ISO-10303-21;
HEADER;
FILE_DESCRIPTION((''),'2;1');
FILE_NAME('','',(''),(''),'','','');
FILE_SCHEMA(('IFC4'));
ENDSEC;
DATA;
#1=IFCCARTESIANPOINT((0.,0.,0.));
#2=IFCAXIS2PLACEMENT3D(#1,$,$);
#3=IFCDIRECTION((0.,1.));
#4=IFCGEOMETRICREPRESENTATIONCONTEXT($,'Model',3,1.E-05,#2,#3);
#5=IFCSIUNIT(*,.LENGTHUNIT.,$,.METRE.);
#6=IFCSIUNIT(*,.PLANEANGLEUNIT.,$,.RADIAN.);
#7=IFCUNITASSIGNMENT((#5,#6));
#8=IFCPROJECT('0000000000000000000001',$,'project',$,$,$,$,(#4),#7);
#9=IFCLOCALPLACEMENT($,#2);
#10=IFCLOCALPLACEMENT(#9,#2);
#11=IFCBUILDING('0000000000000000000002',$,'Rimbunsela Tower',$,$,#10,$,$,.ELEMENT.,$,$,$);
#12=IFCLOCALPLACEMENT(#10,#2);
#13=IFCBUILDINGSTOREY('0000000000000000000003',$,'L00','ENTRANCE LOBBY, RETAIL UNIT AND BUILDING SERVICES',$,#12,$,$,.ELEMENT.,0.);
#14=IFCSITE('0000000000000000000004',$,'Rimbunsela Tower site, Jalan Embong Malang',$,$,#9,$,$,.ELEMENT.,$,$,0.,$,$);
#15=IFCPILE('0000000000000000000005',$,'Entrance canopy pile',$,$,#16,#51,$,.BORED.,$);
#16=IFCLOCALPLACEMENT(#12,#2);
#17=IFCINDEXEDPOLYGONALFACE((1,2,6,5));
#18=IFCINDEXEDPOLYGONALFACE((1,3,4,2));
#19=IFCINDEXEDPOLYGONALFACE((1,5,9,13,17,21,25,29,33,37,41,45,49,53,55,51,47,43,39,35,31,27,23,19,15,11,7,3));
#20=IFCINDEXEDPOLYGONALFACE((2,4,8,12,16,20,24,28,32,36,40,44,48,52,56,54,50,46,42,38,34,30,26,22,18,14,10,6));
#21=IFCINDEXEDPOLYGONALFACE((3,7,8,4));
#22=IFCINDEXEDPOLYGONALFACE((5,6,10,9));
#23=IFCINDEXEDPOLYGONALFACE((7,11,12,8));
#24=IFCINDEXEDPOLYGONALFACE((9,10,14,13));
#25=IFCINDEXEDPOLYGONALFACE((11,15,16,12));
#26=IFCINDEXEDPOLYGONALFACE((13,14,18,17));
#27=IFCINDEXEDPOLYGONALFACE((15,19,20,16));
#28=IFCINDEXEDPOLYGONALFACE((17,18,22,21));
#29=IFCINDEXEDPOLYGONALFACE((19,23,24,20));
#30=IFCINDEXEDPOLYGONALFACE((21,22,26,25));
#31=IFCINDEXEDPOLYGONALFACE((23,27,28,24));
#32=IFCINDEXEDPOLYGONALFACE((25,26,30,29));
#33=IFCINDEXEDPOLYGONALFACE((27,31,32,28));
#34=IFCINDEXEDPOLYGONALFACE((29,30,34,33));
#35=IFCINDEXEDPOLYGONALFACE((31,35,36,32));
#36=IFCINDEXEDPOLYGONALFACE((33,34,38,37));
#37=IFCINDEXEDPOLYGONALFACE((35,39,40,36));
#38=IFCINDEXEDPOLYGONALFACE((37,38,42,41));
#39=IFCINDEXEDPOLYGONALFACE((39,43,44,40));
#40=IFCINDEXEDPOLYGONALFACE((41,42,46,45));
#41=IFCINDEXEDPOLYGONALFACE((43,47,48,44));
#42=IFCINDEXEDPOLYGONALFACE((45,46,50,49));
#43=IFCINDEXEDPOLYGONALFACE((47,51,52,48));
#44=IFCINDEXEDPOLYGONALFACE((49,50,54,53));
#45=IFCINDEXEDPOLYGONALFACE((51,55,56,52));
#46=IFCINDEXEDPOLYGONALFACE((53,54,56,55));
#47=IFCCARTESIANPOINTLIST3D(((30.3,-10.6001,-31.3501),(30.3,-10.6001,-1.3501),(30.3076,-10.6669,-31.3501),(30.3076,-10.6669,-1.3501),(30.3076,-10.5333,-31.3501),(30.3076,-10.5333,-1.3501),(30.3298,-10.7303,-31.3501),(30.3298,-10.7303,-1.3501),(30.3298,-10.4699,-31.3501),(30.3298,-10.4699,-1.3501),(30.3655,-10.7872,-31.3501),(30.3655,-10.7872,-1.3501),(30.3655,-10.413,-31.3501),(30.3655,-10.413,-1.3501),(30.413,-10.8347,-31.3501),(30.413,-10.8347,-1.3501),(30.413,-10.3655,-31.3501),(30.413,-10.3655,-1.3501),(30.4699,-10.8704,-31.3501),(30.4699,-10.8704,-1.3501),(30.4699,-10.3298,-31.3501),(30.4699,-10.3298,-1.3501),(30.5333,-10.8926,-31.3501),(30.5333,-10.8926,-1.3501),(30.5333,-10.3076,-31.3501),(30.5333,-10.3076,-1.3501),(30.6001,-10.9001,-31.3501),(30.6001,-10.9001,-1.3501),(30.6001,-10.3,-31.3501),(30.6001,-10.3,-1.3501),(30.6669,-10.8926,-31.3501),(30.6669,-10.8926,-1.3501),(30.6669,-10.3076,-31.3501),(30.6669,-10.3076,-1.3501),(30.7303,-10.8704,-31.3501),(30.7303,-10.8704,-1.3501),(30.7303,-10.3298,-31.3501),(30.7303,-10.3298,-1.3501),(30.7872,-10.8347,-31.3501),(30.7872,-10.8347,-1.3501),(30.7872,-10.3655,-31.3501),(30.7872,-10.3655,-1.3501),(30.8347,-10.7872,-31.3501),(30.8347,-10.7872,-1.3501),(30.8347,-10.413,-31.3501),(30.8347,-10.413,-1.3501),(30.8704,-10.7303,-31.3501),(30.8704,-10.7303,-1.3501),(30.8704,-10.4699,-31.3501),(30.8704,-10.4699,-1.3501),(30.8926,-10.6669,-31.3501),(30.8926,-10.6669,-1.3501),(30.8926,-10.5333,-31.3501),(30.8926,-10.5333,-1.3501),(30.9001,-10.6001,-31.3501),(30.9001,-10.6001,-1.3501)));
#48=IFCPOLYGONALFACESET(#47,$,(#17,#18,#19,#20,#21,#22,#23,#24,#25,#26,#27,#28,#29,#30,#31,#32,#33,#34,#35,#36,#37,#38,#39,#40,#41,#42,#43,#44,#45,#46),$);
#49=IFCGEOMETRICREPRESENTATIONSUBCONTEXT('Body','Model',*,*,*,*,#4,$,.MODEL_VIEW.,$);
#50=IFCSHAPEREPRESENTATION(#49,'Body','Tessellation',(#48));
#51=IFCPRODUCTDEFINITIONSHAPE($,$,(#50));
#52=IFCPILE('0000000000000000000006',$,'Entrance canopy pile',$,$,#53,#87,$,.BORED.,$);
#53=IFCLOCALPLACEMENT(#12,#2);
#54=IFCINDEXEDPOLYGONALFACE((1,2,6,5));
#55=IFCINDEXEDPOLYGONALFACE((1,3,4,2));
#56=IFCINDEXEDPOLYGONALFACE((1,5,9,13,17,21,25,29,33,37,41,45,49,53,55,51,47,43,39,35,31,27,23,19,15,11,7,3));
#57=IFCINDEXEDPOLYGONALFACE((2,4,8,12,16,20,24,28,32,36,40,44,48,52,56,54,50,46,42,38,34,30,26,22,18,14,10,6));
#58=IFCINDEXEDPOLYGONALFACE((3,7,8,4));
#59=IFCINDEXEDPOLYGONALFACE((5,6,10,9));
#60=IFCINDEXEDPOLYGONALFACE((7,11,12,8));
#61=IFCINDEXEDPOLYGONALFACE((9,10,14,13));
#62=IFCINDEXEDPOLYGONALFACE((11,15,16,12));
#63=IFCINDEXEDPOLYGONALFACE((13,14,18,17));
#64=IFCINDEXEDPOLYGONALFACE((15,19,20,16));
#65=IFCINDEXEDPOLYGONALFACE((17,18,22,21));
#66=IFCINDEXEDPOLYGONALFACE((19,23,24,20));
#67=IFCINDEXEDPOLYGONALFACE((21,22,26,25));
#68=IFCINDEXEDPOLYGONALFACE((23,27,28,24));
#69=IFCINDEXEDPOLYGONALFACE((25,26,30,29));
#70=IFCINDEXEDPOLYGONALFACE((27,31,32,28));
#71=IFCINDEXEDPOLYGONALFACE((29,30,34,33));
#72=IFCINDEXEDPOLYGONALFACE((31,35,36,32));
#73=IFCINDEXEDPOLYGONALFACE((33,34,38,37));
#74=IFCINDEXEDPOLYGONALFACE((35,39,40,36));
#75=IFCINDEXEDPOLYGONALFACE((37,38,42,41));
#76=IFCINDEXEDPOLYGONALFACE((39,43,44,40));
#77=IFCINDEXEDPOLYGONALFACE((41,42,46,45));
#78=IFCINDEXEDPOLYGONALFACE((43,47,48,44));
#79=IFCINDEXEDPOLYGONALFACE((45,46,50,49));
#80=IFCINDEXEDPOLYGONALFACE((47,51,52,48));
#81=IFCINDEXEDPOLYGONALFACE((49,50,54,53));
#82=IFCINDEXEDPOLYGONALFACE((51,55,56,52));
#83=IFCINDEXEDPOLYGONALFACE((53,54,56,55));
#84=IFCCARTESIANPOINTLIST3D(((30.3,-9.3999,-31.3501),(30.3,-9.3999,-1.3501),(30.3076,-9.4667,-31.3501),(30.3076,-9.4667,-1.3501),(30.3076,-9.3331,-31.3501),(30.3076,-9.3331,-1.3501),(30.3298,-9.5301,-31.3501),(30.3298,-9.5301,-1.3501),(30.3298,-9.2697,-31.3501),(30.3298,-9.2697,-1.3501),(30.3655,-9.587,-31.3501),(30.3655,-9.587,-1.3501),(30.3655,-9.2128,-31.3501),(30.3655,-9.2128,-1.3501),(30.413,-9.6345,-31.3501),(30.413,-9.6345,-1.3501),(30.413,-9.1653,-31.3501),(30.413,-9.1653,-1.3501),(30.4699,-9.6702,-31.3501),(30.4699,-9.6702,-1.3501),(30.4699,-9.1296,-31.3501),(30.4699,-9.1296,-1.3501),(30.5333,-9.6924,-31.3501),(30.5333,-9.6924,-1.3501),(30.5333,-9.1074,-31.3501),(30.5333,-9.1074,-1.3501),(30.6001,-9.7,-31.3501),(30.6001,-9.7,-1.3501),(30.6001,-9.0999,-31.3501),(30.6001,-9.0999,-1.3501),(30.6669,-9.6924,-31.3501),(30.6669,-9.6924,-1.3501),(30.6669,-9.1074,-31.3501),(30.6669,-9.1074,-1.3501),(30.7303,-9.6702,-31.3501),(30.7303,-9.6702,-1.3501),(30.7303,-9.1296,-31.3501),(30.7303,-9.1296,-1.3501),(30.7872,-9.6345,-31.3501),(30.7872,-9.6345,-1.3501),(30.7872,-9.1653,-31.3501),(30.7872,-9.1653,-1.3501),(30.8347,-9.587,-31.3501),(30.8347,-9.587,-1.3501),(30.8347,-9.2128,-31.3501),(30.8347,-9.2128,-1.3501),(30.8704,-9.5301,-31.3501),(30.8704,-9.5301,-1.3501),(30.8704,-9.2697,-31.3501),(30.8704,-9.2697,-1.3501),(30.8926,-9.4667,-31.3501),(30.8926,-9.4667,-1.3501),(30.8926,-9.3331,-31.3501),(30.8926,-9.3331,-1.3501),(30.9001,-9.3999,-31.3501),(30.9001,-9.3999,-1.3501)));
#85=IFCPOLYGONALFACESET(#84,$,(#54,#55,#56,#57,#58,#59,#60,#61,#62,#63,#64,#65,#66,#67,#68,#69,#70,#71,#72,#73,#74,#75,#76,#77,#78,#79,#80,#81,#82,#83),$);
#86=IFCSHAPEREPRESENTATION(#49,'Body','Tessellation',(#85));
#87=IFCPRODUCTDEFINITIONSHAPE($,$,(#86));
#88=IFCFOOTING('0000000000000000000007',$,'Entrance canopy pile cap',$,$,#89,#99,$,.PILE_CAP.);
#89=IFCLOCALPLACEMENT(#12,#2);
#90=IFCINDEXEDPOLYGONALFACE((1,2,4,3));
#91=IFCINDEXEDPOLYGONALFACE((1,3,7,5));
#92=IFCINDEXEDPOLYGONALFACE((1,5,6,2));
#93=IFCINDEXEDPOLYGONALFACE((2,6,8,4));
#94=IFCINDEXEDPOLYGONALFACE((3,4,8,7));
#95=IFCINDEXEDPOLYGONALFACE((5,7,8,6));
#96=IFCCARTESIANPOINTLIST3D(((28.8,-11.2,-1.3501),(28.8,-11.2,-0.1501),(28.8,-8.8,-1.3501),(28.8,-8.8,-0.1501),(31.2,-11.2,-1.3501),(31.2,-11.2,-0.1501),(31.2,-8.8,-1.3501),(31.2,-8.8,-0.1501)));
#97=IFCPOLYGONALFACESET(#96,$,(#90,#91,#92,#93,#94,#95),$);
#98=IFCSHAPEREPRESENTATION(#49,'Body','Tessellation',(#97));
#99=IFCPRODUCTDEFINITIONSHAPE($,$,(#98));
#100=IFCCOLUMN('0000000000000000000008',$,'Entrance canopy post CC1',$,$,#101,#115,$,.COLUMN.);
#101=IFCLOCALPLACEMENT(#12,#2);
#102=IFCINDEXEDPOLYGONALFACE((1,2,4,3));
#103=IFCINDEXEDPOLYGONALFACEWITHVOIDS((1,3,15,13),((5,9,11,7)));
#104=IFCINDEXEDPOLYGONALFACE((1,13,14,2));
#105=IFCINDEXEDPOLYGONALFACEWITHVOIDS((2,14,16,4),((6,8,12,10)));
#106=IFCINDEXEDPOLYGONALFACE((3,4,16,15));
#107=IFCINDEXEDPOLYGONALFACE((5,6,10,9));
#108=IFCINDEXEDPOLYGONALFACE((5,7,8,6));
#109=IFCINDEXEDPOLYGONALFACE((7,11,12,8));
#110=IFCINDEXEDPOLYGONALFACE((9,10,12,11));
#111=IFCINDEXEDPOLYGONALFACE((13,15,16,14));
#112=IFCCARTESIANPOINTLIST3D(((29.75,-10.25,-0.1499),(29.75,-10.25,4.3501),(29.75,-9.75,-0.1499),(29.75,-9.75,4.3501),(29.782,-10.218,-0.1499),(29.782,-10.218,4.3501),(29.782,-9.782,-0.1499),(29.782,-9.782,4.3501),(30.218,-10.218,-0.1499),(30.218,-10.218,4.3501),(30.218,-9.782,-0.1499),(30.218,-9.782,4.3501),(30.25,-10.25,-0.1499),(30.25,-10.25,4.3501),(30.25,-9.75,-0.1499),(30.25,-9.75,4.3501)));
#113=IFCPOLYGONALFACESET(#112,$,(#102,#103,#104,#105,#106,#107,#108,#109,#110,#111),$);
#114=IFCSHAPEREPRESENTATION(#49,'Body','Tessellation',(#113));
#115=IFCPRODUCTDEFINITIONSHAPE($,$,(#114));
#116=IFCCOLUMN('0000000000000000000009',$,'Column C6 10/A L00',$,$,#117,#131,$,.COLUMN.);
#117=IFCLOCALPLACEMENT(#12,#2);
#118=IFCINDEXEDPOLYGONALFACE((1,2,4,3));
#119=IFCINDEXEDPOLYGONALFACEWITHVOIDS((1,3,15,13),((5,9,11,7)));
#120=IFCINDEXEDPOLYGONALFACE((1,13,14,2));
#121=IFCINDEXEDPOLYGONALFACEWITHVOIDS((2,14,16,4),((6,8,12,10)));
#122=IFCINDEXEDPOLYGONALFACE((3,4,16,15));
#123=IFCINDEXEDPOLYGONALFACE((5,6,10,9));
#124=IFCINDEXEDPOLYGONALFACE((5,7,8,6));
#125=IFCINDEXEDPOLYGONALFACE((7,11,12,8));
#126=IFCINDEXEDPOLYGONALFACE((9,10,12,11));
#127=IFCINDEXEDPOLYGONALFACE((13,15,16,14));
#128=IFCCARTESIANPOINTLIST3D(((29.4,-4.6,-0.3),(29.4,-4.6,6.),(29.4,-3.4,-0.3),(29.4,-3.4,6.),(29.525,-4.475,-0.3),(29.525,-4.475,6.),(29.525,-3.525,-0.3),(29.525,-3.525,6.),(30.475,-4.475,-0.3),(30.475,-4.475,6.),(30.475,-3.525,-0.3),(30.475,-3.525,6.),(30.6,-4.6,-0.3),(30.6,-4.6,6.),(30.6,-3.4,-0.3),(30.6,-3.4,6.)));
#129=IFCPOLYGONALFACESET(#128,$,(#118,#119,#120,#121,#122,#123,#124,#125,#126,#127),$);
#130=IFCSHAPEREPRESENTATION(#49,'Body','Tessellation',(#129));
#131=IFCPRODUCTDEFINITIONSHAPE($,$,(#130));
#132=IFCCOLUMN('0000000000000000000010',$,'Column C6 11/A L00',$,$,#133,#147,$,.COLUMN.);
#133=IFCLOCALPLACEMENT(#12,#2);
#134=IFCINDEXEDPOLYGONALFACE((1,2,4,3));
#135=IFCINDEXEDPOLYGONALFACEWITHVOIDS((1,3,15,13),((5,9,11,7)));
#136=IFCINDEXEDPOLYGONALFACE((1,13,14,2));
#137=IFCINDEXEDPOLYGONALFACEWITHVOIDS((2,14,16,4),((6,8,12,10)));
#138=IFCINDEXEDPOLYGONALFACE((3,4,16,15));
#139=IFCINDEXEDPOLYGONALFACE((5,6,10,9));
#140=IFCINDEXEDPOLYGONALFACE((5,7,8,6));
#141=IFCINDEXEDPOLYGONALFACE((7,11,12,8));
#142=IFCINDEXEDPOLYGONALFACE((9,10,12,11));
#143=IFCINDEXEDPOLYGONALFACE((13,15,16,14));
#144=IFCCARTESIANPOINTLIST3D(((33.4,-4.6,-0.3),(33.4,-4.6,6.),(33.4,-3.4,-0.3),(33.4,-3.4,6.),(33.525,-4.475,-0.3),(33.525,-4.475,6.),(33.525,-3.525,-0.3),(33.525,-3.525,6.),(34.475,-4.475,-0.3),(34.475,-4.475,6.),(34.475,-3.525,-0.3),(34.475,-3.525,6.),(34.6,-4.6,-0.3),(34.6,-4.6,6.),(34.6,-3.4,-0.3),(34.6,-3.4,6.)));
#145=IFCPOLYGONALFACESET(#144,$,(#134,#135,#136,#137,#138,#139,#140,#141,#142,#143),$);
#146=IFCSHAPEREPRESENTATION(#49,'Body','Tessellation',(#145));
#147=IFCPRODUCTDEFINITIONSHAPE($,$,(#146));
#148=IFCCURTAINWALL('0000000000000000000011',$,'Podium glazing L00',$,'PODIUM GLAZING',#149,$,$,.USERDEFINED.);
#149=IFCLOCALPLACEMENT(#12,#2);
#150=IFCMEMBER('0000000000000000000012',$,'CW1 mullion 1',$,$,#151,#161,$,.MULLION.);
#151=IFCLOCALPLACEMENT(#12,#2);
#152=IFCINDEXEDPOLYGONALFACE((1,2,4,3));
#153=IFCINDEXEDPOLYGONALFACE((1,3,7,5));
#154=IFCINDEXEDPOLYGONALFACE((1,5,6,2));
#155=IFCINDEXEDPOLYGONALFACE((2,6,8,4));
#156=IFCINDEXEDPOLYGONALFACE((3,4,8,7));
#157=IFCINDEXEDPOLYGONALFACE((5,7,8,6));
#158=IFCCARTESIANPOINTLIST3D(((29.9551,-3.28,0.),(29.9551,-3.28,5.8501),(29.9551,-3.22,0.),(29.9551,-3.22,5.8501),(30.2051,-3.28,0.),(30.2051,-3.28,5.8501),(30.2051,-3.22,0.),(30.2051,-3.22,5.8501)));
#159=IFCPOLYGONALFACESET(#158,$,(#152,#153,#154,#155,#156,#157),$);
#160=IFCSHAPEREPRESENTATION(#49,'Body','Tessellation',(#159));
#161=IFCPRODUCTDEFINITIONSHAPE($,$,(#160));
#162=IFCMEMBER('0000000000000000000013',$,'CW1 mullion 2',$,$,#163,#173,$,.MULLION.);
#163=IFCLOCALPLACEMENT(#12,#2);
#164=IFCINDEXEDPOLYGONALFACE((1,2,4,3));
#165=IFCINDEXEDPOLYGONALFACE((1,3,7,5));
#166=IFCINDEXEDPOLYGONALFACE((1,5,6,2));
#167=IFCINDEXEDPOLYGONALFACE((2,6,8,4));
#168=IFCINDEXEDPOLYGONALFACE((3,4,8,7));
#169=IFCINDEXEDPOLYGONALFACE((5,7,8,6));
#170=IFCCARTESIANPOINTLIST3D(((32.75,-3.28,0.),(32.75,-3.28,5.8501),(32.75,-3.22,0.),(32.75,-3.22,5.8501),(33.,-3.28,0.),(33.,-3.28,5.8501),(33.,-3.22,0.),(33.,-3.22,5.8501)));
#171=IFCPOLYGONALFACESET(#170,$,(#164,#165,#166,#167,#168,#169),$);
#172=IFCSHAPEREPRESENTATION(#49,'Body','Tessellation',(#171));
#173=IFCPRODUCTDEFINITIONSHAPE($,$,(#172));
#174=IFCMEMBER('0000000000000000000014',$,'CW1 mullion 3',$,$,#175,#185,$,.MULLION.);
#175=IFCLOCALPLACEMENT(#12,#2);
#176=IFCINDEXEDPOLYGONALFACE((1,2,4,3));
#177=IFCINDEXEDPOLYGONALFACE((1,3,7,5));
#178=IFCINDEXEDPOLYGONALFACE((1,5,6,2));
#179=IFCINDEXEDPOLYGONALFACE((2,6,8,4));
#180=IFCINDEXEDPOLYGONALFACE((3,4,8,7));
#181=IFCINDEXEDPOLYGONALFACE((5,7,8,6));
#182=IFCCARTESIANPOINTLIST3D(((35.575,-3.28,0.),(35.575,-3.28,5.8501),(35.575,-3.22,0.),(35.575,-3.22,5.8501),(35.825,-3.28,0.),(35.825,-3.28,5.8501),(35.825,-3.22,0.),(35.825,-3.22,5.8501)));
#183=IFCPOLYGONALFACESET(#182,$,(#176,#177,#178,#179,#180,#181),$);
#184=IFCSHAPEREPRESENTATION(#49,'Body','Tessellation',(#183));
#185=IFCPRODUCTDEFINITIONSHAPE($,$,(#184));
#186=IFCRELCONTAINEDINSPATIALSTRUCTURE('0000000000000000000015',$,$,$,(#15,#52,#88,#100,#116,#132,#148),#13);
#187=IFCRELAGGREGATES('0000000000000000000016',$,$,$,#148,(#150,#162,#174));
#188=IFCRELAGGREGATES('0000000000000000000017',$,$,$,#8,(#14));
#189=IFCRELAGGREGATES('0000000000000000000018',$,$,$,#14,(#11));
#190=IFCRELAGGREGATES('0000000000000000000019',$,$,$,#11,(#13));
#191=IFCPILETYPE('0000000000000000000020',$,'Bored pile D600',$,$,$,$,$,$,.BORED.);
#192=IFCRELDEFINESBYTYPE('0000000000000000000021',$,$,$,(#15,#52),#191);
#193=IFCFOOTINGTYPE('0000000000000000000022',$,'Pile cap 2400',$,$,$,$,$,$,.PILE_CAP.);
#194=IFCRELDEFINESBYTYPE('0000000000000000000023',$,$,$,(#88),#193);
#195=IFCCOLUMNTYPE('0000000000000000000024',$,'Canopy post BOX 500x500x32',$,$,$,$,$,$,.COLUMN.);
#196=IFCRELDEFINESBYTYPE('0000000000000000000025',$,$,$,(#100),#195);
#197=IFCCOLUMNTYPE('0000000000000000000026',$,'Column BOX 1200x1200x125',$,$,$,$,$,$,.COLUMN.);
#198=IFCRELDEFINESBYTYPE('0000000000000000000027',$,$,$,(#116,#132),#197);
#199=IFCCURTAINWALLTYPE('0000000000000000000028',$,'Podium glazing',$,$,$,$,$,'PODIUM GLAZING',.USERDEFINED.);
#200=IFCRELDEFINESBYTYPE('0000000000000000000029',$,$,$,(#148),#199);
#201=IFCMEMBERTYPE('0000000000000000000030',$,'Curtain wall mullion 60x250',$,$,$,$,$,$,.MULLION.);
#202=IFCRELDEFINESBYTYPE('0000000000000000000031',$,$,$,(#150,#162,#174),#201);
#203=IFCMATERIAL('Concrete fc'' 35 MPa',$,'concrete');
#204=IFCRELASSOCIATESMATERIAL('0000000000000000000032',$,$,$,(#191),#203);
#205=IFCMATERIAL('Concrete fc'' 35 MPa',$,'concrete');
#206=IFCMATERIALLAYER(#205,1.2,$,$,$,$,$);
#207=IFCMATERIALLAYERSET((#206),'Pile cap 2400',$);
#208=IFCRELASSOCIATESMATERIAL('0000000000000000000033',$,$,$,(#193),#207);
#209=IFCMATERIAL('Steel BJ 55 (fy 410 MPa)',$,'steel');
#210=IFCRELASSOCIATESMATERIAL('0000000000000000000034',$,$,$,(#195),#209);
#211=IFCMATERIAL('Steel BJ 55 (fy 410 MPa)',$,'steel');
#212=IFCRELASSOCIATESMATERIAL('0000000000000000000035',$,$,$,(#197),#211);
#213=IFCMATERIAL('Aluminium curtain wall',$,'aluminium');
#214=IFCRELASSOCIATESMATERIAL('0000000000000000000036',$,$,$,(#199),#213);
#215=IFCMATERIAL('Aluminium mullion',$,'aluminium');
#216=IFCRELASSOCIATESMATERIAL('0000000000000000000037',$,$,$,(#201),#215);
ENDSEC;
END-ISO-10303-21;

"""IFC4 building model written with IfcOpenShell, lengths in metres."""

from ifc_helpers import new_model, si_unit, direction, frame, origin, origin_2d, place, context, subcontext, project, spatial, rectangle, hollow_rectangle, circle, extrude, material, layer, layer_set, material_profile, profile_set, type_object, element, aggregate, save


model = new_model("IFC4")

# Units and contexts
model_context = context("Model", 3, precision=1e-05, world=origin(), true_north=direction((0.0, 1.0)))
body_context = subcontext(model_context, "Body", "Model", "MODEL_VIEW")
ifc_project = project(units=[si_unit("LENGTHUNIT", "METRE"), si_unit("PLANEANGLEUNIT", "RADIAN")], contexts=[model_context])

# Site, building, storey
site_placement = place(None, origin())
site = spatial("IfcSite", under=ifc_project, at=site_placement, Name="Rimbunsela Tower site, Jalan Embong Malang", CompositionType="ELEMENT", RefElevation=0.0)
building_placement = place(site_placement, origin())
building = spatial("IfcBuilding", under=site, at=building_placement, Name="Rimbunsela Tower", CompositionType="ELEMENT")
storey_placement = place(building_placement, origin())
storey = spatial("IfcBuildingStorey", under=building, at=storey_placement, Name="L00", Description="ENTRANCE LOBBY, RETAIL UNIT AND BUILDING SERVICES", CompositionType="ELEMENT", Elevation=0.0)

# Piles
ifc_material_1 = material(Name="Concrete fc' 35 MPa", Category="concrete")
ifc_material_profile_1 = material_profile(ifc_material_1, circle(Radius=0.3, at=origin_2d()), Name="BP D600")
ifc_profile_set_1 = profile_set([ifc_material_profile_1], Name="Concrete fc' 35 MPa")
pile_type = type_object("IfcPileType", Name="Bored pile D600", PredefinedType="BORED", material=ifc_profile_set_1)
for number, where, z_axis, x_axis, name in (
    (1, (30.6001, -10.6001, -1.3501), (0.0, 0.0, -1.0), (1.0, 0.0, 0.0), "Entrance canopy pile"),
    (2, (30.6001, -9.3999, -1.3501), (0.0, 0.0, -1.0), (1.0, 0.0, 0.0), "Entrance canopy pile"),
):
    element("IfcPile", number, at=place(storey_placement, frame(where, z_axis=z_axis, x_axis=x_axis)), inside=storey, type_object=pile_type, Name=name, PredefinedType="BORED", context=body_context, shape_type="SweptSolid", body=[
        extrude(circle(Radius=0.3, at=origin_2d()), origin(), (0.0, 0.0, 1.0), 30.0),
    ])

# Footing
ifc_material_2 = material(Name="Concrete fc' 35 MPa", Category="concrete")
ifc_layer_1 = layer(ifc_material_2, 1.2)
ifc_layer_set_1 = layer_set([ifc_layer_1], Name="Pile cap 2400")
footing_type = type_object("IfcFootingType", Name="Pile cap 2400", PredefinedType="PILE_CAP", material=ifc_layer_set_1)
footing_placement = place(storey_placement, frame((30.0, -10.0, -1.3501), z_axis=(0.0, 0.0, 1.0), x_axis=(1.0, 0.0, 0.0)))
element("IfcFooting", 3, at=footing_placement, inside=storey, type_object=footing_type, Name="Entrance canopy pile cap", PredefinedType="PILE_CAP", context=body_context, shape_type="SweptSolid", body=[
    extrude(rectangle(XDim=2.3999, YDim=2.3999, at=origin_2d()), origin(), (0.0, 0.0, 1.0), 1.2),
])

# Columns
ifc_material_3 = material(Name="Steel BJ 55 (fy 410 MPa)", Category="steel")
ifc_material_profile_2 = material_profile(ifc_material_3, hollow_rectangle(XDim=0.5, YDim=0.5, WallThickness=0.032, at=origin_2d()), Name="BOX 500x500x32")
ifc_profile_set_2 = profile_set([ifc_material_profile_2], Name="Steel BJ 55 (fy 410 MPa)")
column_type_1 = type_object("IfcColumnType", Name="Canopy post BOX 500x500x32", PredefinedType="COLUMN", material=ifc_profile_set_2)
column_placement = place(storey_placement, frame((30.0, -10.0, -0.1499), z_axis=(0.0, 0.0, 1.0), x_axis=(1.0, 0.0, 0.0)))
element("IfcColumn", 4, at=column_placement, inside=storey, type_object=column_type_1, Name="Entrance canopy post CC1", PredefinedType="COLUMN", context=body_context, shape_type="SweptSolid", body=[
    extrude(hollow_rectangle(XDim=0.5, YDim=0.5, WallThickness=0.032, at=origin_2d()), origin(), (0.0, 0.0, 1.0), 4.5),
])
ifc_material_4 = material(Name="Steel BJ 55 (fy 410 MPa)", Category="steel")
ifc_material_profile_3 = material_profile(ifc_material_4, hollow_rectangle(XDim=1.2, YDim=1.2, WallThickness=0.125, at=origin_2d()), Name="BOX 1200x1200x125")
ifc_profile_set_3 = profile_set([ifc_material_profile_3], Name="Steel BJ 55 (fy 410 MPa)")
column_type_2 = type_object("IfcColumnType", Name="Column BOX 1200x1200x125", PredefinedType="COLUMN", material=ifc_profile_set_3)
for number, where, z_axis, x_axis, name in (
    (5, (30.0, -4.0, -0.3), (0.0, 0.0, 1.0), (1.0, 0.0, 0.0), "Column C6 10/A L00"),
    (6, (34.0, -4.0, -0.3), (0.0, 0.0, 1.0), (1.0, 0.0, 0.0), "Column C6 11/A L00"),
):
    element("IfcColumn", number, at=place(storey_placement, frame(where, z_axis=z_axis, x_axis=x_axis)), inside=storey, type_object=column_type_2, Name=name, PredefinedType="COLUMN", context=body_context, shape_type="SweptSolid", body=[
        extrude(hollow_rectangle(XDim=1.2, YDim=1.2, WallThickness=0.125, at=origin_2d()), origin(), (0.0, 0.0, 1.0), 6.3),
    ])

# Curtain wall, members
ifc_material_5 = material(Name="Aluminium curtain wall", Category="aluminium")
curtain_wall_type = type_object("IfcCurtainWallType", Name="Podium glazing", ElementType="PODIUM GLAZING", PredefinedType="USERDEFINED", material=ifc_material_5)
curtain_wall_placement = place(storey_placement, origin())
curtain_wall = element("IfcCurtainWall", 7, at=curtain_wall_placement, inside=storey, type_object=curtain_wall_type, Name="Podium glazing L00", ObjectType="PODIUM GLAZING", PredefinedType="USERDEFINED")
ifc_material_6 = material(Name="Aluminium mullion", Category="aluminium")
ifc_material_profile_4 = material_profile(ifc_material_6, rectangle(XDim=0.0601, YDim=0.25, at=origin_2d()), Name="Mullion 60x250")
ifc_profile_set_4 = profile_set([ifc_material_profile_4], Name="Aluminium mullion")
member_type_1 = type_object("IfcMemberType", Name="Curtain wall mullion 60x250", PredefinedType="MULLION", material=ifc_profile_set_4)
member_1_placement = place(storey_placement, frame((30.0801, -3.25, 0.0), z_axis=(0.0, 0.0, 1.0), x_axis=(0.0, 1.0, 0.0)))
member_1 = element("IfcMember", 8, at=member_1_placement, type_object=member_type_1, Name="CW1 mullion 1", PredefinedType="MULLION", context=body_context, shape_type="SweptSolid", body=[
    extrude(rectangle(XDim=0.0601, YDim=0.25, at=origin_2d()), origin(), (0.0, 0.0, 1.0), 5.8501),
])
member_2_placement = place(storey_placement, frame((32.875, -3.25, 0.0), z_axis=(0.0, 0.0, 1.0), x_axis=(0.0, 1.0, 0.0)))
member_2 = element("IfcMember", 9, at=member_2_placement, type_object=member_type_1, Name="CW1 mullion 2", PredefinedType="MULLION", context=body_context, shape_type="SweptSolid", body=[
    extrude(rectangle(XDim=0.0601, YDim=0.25, at=origin_2d()), origin(), (0.0, 0.0, 1.0), 5.8501),
])
member_3_placement = place(storey_placement, frame((35.7, -3.25, 0.0), z_axis=(0.0, 0.0, 1.0), x_axis=(0.0, 1.0, 0.0)))
member_3 = element("IfcMember", 10, at=member_3_placement, type_object=member_type_1, Name="CW1 mullion 3", PredefinedType="MULLION", context=body_context, shape_type="SweptSolid", body=[
    extrude(rectangle(XDim=0.0601, YDim=0.25, at=origin_2d()), origin(), (0.0, 0.0, 1.0), 5.8501),
])

aggregate(curtain_wall, [member_1, member_2, member_3])

save(model, "model.ifc")
